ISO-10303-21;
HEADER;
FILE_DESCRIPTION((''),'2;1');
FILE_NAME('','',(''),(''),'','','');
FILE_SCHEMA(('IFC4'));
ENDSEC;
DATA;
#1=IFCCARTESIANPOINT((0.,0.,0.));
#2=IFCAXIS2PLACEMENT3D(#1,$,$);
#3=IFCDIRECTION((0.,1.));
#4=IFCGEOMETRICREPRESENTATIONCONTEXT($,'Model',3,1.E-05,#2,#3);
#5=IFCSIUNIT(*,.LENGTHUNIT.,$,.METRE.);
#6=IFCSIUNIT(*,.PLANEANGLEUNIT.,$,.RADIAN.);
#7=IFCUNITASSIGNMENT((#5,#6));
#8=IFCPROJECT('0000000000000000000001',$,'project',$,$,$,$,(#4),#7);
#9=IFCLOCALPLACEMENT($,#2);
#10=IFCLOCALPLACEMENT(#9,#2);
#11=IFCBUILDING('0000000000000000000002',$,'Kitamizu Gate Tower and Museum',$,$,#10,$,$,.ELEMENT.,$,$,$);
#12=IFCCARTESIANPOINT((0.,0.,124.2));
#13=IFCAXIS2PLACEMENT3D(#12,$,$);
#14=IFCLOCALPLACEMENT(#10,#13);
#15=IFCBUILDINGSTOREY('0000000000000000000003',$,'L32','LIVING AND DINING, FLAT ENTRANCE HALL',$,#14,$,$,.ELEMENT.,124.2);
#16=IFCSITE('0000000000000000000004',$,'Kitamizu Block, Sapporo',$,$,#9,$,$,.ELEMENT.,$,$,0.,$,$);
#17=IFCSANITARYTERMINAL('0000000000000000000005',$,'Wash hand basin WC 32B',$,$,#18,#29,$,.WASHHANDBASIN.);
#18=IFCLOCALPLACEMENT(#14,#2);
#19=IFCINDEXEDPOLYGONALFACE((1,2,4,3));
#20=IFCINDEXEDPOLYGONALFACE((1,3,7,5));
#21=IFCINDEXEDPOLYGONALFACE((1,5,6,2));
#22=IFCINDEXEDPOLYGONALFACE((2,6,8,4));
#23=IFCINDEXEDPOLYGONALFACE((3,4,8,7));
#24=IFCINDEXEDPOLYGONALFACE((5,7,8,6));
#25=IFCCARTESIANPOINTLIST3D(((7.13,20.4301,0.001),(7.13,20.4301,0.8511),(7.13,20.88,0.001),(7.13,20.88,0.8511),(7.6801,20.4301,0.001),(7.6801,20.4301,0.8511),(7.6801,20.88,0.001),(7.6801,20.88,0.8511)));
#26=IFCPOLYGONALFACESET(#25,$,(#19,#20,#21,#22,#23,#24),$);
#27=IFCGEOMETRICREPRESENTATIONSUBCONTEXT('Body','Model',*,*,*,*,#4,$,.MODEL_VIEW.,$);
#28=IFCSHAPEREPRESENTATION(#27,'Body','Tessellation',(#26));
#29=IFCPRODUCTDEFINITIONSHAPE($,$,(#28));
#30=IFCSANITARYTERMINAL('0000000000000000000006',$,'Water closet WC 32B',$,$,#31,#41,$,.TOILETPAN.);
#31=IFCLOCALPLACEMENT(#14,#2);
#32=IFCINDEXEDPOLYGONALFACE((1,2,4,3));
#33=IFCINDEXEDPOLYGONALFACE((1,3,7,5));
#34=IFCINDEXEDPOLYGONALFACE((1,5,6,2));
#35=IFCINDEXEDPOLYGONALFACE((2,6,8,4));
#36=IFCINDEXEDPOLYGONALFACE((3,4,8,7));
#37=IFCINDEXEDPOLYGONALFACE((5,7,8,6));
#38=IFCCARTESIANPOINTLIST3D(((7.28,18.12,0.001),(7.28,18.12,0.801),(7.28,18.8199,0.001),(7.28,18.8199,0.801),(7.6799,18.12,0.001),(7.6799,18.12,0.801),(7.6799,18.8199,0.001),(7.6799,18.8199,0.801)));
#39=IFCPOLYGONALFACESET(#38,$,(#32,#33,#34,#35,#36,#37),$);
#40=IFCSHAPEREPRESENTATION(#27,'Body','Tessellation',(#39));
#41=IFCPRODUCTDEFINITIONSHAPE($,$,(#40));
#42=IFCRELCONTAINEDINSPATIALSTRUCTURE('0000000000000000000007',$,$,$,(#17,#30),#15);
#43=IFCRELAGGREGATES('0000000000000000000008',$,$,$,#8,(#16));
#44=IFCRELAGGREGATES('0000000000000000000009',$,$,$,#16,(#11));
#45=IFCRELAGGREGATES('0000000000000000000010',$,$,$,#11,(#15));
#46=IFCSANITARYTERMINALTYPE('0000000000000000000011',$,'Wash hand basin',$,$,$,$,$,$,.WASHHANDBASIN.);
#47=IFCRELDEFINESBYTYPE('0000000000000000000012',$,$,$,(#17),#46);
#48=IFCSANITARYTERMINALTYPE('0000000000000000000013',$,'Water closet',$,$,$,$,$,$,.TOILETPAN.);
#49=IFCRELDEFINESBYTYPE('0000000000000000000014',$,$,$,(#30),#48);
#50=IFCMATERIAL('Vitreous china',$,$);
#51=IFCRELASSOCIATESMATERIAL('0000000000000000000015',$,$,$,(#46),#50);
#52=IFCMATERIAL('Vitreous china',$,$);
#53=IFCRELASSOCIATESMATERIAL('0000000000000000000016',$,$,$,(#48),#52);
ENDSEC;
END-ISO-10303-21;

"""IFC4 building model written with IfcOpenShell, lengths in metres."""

from ifc_helpers import new_model, si_unit, direction, frame, origin, origin_2d, place, context, subcontext, project, spatial, rectangle, extrude, material, type_object, element, save


model = new_model("IFC4")

# Units and contexts
model_context = context("Model", 3, precision=1e-05, world=origin(), true_north=direction((0.0, 1.0)))
body_context = subcontext(model_context, "Body", "Model", "MODEL_VIEW")
ifc_project = project(units=[si_unit("LENGTHUNIT", "METRE"), si_unit("PLANEANGLEUNIT", "RADIAN")], contexts=[model_context])

# Site, building, storey
site_placement = place(None, origin())
site = spatial("IfcSite", under=ifc_project, at=site_placement, Name="Kitamizu Block, Sapporo", CompositionType="ELEMENT", RefElevation=0.0)
building_placement = place(site_placement, origin())
building = spatial("IfcBuilding", under=site, at=building_placement, Name="Kitamizu Gate Tower and Museum", CompositionType="ELEMENT")
storey_placement = place(building_placement, frame((0.0, 0.0, 124.2)))
storey = spatial("IfcBuildingStorey", under=building, at=storey_placement, Name="L32", Description="LIVING AND DINING, FLAT ENTRANCE HALL", CompositionType="ELEMENT", Elevation=124.2)

# Sanitary terminals
ifc_material_1 = material(Name="Vitreous china")
sanitary_terminal_type_1 = type_object("IfcSanitaryTerminalType", Name="Wash hand basin", PredefinedType="WASHHANDBASIN", material=ifc_material_1)
sanitary_terminal_1_placement = place(storey_placement, frame((7.405, 20.655, 0.001), z_axis=(0.0, 0.0, 1.0), x_axis=(1.0, 0.0, 0.0)))
element("IfcSanitaryTerminal", 1, at=sanitary_terminal_1_placement, inside=storey, type_object=sanitary_terminal_type_1, Name="Wash hand basin WC 32B", PredefinedType="WASHHANDBASIN", context=body_context, shape_type="SweptSolid", body=[
    extrude(rectangle(XDim=0.55, YDim=0.45, at=origin_2d()), origin(), (0.0, 0.0, 1.0), 0.8501),
])
ifc_material_2 = material(Name="Vitreous china")
sanitary_terminal_type_2 = type_object("IfcSanitaryTerminalType", Name="Water closet", PredefinedType="TOILETPAN", material=ifc_material_2)
sanitary_terminal_2_placement = place(storey_placement, frame((7.48, 18.47, 0.001), z_axis=(0.0, 0.0, 1.0), x_axis=(1.0, 0.0, 0.0)))
element("IfcSanitaryTerminal", 2, at=sanitary_terminal_2_placement, inside=storey, type_object=sanitary_terminal_type_2, Name="Water closet WC 32B", PredefinedType="TOILETPAN", context=body_context, shape_type="SweptSolid", body=[
    extrude(rectangle(XDim=0.3999, YDim=0.7, at=origin_2d()), origin(), (0.0, 0.0, 1.0), 0.8),
])

save(model, "model.ifc")
